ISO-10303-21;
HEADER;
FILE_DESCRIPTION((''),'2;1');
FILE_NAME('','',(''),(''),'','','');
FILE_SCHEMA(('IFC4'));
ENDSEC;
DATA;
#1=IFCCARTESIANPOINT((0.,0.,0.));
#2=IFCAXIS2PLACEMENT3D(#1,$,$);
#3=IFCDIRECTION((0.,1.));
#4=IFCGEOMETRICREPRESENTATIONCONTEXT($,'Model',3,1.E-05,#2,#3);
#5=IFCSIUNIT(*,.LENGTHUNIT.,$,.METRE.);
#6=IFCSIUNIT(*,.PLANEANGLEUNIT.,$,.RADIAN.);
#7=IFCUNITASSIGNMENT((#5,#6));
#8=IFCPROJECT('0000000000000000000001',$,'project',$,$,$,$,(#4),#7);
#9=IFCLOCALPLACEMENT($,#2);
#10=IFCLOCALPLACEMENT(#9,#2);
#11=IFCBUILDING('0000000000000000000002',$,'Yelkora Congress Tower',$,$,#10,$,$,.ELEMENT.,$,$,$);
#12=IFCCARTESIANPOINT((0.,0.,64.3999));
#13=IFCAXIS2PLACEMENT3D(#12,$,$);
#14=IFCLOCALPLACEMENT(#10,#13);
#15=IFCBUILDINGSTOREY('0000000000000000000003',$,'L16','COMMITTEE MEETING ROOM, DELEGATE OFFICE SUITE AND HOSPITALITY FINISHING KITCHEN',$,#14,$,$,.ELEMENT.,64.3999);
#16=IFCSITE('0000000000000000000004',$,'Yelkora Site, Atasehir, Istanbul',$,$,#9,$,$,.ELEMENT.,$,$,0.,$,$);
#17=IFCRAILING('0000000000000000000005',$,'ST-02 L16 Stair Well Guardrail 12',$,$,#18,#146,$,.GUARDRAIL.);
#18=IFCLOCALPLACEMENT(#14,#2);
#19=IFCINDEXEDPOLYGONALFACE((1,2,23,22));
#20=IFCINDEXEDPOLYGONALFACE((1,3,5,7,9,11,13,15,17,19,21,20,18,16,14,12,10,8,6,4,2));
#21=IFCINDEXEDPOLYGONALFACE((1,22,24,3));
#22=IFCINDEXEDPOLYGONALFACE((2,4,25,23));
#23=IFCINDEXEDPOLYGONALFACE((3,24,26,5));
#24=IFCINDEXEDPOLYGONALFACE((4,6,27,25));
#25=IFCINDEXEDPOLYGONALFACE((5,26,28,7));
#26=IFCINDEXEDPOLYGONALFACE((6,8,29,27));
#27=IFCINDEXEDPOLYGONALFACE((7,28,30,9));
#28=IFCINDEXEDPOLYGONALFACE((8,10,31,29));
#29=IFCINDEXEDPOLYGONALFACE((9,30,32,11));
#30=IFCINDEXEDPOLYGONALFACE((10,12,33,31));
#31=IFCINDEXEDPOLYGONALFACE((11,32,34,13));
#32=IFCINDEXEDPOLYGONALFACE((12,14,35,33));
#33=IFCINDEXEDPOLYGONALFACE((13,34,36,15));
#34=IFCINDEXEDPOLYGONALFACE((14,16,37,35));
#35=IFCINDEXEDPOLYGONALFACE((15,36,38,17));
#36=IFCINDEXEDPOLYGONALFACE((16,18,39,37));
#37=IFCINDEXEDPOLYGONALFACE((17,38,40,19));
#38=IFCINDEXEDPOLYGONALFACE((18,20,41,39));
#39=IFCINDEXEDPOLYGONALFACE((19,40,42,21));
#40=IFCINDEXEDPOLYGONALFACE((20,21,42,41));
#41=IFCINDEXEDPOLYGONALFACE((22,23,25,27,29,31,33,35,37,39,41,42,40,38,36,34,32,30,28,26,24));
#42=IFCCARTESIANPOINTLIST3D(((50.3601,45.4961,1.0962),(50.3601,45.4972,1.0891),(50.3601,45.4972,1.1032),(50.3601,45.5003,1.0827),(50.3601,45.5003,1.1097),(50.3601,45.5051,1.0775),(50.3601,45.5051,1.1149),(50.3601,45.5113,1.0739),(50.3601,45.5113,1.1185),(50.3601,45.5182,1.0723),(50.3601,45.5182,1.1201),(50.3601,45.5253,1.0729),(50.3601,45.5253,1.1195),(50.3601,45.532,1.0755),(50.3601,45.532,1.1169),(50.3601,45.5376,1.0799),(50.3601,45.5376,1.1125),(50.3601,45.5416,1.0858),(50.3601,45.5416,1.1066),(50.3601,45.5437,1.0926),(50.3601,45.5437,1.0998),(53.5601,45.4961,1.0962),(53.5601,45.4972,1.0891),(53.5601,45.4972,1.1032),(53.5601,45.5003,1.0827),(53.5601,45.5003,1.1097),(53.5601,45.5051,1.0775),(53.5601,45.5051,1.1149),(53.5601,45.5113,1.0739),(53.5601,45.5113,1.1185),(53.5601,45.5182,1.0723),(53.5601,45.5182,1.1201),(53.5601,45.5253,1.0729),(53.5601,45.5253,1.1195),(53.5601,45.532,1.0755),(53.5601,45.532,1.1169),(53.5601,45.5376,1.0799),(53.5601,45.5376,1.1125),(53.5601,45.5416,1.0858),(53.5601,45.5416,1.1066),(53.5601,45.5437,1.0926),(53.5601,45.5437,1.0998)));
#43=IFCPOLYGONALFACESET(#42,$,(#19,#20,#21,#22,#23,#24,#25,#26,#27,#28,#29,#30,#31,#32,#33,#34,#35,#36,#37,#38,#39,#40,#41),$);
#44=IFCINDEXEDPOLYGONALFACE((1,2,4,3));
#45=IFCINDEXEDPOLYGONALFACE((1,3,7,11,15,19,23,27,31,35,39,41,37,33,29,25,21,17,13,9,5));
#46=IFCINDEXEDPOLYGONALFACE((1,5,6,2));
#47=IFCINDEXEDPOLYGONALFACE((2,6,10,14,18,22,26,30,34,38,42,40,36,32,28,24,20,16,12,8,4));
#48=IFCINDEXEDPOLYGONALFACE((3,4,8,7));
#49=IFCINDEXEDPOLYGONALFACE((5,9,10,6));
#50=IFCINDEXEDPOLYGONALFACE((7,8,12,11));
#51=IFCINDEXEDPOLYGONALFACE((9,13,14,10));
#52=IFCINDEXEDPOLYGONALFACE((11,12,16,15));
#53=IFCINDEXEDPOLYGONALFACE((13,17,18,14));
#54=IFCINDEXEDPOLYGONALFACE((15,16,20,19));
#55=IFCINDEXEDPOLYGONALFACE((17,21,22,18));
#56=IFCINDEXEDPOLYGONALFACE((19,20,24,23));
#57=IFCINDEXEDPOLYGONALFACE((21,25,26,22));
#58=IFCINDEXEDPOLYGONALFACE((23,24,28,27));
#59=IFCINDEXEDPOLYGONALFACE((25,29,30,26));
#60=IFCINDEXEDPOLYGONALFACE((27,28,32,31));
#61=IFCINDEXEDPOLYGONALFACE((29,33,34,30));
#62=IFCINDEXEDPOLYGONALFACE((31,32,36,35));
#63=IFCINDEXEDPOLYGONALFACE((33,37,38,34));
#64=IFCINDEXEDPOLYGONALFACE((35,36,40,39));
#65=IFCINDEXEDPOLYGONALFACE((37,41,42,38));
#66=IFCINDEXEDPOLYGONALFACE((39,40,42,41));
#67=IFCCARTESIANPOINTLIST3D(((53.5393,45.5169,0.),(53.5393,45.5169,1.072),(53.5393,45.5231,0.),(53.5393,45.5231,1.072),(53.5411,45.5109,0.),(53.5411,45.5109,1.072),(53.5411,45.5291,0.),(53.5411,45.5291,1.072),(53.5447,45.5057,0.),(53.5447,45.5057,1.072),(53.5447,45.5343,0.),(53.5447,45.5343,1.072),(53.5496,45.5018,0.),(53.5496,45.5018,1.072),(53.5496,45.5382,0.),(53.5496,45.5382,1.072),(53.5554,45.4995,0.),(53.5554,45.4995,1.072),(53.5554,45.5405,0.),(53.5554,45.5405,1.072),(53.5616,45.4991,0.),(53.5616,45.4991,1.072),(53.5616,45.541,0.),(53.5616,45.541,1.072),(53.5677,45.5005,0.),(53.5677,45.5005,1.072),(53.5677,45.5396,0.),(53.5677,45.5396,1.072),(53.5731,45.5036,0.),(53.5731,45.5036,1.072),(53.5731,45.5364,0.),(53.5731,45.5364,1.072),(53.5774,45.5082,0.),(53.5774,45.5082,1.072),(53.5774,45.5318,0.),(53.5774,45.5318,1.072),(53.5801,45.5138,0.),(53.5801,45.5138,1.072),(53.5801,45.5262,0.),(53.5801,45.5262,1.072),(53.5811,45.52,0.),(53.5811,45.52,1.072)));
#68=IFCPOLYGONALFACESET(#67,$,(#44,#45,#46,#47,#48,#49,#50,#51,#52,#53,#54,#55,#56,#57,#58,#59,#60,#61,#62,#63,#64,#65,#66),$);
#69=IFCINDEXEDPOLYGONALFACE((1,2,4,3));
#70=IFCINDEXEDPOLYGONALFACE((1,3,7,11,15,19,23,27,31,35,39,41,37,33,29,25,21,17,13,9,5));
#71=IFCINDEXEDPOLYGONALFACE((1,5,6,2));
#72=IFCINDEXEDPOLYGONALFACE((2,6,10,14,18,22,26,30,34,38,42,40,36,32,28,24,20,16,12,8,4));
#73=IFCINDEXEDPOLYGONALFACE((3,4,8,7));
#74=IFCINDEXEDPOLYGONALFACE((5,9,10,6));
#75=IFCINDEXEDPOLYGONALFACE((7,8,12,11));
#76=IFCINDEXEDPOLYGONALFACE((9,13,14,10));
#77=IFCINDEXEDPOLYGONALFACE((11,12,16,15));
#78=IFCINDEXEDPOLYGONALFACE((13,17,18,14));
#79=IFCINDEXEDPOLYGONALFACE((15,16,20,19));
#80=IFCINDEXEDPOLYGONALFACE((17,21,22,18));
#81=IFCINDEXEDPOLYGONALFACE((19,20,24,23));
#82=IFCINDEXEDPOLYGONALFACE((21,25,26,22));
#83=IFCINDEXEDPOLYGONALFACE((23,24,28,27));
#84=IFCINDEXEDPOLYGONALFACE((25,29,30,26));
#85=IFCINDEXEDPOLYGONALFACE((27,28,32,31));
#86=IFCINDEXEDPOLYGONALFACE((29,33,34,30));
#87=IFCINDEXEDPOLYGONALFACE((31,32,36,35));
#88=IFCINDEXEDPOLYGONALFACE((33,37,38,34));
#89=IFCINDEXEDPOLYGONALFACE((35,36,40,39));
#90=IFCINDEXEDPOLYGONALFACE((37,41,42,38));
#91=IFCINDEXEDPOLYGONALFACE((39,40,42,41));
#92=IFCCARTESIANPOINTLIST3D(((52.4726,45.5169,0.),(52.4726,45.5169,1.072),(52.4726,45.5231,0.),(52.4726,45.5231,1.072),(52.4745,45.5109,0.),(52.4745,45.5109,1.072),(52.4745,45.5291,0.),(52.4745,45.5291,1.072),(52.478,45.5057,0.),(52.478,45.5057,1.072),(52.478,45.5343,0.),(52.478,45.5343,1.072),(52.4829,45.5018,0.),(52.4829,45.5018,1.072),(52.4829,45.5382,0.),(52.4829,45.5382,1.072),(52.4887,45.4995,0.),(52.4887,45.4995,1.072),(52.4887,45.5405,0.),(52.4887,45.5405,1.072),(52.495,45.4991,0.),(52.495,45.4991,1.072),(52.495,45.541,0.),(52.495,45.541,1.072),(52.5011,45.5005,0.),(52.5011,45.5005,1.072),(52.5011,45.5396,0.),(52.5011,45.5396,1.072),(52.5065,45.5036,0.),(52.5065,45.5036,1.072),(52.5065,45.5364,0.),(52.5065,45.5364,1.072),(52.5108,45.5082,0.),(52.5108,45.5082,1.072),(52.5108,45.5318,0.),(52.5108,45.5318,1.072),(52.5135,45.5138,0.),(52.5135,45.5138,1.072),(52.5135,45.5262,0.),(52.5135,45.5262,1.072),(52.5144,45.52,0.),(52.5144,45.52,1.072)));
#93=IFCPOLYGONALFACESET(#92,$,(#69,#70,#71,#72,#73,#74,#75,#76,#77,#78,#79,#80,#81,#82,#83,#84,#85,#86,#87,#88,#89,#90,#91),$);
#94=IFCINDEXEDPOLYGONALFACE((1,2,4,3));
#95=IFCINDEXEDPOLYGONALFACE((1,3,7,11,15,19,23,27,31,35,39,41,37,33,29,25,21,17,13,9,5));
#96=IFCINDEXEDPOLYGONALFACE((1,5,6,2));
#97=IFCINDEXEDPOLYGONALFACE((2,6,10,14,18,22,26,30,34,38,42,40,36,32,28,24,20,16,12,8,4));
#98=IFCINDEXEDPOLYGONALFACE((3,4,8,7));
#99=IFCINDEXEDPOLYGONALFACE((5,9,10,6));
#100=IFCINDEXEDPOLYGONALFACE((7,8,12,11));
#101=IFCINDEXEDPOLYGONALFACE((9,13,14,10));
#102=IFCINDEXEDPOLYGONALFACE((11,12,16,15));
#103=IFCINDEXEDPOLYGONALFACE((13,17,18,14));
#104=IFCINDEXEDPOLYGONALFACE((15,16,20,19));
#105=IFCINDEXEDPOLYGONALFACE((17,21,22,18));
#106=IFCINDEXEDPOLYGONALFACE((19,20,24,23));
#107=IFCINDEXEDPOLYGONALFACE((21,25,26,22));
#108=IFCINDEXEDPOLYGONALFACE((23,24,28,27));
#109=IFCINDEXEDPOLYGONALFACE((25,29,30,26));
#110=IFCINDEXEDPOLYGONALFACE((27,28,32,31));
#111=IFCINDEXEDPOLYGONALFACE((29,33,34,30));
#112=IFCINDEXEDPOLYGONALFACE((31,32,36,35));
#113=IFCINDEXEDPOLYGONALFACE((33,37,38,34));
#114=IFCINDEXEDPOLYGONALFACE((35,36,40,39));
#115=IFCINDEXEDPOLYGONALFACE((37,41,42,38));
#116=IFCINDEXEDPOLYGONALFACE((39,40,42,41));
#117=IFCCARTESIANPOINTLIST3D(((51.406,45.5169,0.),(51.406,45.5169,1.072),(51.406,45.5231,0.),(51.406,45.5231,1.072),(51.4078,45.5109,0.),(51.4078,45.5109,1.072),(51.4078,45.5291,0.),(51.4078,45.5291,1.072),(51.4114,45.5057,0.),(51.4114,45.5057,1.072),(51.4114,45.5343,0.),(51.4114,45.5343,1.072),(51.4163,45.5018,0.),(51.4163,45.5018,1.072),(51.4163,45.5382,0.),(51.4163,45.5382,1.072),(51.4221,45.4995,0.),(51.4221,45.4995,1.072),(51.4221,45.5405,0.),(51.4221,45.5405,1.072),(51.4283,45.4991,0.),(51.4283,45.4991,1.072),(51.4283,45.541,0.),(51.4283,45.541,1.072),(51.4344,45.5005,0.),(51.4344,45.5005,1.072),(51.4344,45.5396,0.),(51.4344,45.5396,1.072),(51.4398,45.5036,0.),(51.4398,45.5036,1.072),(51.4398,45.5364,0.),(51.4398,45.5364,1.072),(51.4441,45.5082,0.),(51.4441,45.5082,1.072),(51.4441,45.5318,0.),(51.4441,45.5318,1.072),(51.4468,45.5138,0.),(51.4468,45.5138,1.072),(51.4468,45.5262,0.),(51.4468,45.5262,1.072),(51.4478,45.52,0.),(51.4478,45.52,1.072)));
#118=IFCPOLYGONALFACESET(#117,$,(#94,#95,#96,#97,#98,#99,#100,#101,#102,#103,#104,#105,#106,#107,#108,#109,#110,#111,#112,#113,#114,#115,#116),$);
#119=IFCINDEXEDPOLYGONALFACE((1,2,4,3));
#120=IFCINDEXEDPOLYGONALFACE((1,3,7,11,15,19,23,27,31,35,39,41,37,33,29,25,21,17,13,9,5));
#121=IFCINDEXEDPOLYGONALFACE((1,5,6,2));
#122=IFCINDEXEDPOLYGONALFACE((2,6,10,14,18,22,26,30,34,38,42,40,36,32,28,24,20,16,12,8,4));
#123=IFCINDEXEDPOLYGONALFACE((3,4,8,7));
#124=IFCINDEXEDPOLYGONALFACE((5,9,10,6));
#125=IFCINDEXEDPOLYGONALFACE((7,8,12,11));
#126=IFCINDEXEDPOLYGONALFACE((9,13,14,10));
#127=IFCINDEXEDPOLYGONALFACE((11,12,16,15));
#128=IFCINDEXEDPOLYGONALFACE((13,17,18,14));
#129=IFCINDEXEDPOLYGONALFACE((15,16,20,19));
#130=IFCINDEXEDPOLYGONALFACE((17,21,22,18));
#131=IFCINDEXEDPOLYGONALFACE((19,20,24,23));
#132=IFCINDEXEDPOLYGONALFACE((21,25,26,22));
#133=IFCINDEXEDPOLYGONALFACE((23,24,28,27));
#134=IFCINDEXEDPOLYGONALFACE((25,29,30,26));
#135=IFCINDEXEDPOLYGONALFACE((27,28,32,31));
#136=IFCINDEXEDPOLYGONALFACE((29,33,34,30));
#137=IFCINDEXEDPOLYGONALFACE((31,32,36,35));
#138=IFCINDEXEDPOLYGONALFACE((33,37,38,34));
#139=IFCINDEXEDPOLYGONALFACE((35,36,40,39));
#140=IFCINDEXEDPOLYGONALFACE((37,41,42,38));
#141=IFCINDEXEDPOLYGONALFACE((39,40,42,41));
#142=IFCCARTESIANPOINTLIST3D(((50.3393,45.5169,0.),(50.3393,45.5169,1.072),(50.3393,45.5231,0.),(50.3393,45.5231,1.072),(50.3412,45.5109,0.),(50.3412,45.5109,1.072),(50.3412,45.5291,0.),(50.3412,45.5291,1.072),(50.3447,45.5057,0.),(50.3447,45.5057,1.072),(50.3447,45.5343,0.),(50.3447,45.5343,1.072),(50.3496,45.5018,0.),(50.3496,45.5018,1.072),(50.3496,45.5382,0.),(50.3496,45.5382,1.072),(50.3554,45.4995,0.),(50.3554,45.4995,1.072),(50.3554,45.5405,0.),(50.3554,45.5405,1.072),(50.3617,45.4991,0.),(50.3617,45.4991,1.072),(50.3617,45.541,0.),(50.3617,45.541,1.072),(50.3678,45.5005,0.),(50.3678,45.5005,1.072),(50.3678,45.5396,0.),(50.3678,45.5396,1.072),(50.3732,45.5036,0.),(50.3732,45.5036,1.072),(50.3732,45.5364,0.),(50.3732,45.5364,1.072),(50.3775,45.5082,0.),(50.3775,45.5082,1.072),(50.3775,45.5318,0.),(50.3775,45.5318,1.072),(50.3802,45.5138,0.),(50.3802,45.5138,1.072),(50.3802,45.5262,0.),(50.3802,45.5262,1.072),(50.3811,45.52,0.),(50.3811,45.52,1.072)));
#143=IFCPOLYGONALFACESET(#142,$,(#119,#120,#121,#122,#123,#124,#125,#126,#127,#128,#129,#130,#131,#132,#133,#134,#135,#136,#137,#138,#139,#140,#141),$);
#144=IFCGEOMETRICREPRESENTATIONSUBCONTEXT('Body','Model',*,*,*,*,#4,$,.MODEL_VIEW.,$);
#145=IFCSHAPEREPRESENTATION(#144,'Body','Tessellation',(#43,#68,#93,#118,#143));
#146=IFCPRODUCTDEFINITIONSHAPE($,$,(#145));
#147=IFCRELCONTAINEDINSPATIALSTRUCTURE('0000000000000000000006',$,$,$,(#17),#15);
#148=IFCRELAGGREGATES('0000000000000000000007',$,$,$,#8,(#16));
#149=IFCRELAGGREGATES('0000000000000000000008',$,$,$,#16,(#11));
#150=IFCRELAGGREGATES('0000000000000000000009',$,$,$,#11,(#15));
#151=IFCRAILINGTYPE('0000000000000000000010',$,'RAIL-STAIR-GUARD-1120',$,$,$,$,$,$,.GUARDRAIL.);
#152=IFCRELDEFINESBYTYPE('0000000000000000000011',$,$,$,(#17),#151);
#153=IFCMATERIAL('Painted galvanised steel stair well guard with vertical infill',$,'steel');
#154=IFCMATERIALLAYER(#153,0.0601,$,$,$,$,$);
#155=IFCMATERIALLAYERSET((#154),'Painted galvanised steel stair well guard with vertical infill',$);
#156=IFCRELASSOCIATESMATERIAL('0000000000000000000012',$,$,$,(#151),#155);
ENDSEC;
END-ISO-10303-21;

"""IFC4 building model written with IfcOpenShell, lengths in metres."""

from ifc_helpers import new_model, si_unit, direction, frame, origin, origin_2d, place, context, subcontext, project, spatial, circle, extrude, material, layer, layer_set, type_object, element, save


model = new_model("IFC4")

# Units and contexts
model_context = context("Model", 3, precision=1e-05, world=origin(), true_north=direction((0.0, 1.0)))
body_context = subcontext(model_context, "Body", "Model", "MODEL_VIEW")
ifc_project = project(units=[si_unit("LENGTHUNIT", "METRE"), si_unit("PLANEANGLEUNIT", "RADIAN")], contexts=[model_context])

# Site, building, storey
site_placement = place(None, origin())
site = spatial("IfcSite", under=ifc_project, at=site_placement, Name="Yelkora Site, Atasehir, Istanbul", CompositionType="ELEMENT", RefElevation=0.0)
building_placement = place(site_placement, origin())
building = spatial("IfcBuilding", under=site, at=building_placement, Name="Yelkora Congress Tower", CompositionType="ELEMENT")
storey_placement = place(building_placement, frame((0.0, 0.0, 64.3999)))
storey = spatial("IfcBuildingStorey", under=building, at=storey_placement, Name="L16", Description="COMMITTEE MEETING ROOM, DELEGATE OFFICE SUITE AND HOSPITALITY FINISHING KITCHEN", CompositionType="ELEMENT", Elevation=64.3999)

# Railing
ifc_material_1 = material(Name="Painted galvanised steel stair well guard with vertical infill", Category="steel")
ifc_layer_1 = layer(ifc_material_1, 0.0601)
ifc_layer_set_1 = layer_set([ifc_layer_1], Name="Painted galvanised steel stair well guard with vertical infill")
railing_type_1 = type_object("IfcRailingType", Name="RAIL-STAIR-GUARD-1120", PredefinedType="GUARDRAIL", material=ifc_layer_set_1)
railing_1_placement = place(storey_placement, frame((53.5601, 45.52, 0.0)))
element("IfcRailing", 1, at=railing_1_placement, inside=storey, type_object=railing_type_1, Name="ST-02 L16 Stair Well Guardrail 12", PredefinedType="GUARDRAIL", context=body_context, shape_type="SweptSolid", body=[
    extrude(circle(Radius=0.0239, at=origin_2d()), frame((0.0, 0.0, 1.0962), z_axis=(-1.0, 0.0, 0.0), x_axis=(0.0, -1.0, 0.0)), (0.0, 0.0, 1.0), 3.2),
    extrude(circle(Radius=0.021, at=origin_2d()), origin(), (0.0, 0.0, 1.0), 1.072),
    extrude(circle(Radius=0.021, at=origin_2d()), frame((-1.0667, 0.0, 0.0)), (0.0, 0.0, 1.0), 1.072),
    extrude(circle(Radius=0.021, at=origin_2d()), frame((-2.1333, 0.0, 0.0)), (0.0, 0.0, 1.0), 1.072),
    extrude(circle(Radius=0.021, at=origin_2d()), frame((-3.2, 0.0, 0.0)), (0.0, 0.0, 1.0), 1.072),
])

save(model, "model.ifc")
